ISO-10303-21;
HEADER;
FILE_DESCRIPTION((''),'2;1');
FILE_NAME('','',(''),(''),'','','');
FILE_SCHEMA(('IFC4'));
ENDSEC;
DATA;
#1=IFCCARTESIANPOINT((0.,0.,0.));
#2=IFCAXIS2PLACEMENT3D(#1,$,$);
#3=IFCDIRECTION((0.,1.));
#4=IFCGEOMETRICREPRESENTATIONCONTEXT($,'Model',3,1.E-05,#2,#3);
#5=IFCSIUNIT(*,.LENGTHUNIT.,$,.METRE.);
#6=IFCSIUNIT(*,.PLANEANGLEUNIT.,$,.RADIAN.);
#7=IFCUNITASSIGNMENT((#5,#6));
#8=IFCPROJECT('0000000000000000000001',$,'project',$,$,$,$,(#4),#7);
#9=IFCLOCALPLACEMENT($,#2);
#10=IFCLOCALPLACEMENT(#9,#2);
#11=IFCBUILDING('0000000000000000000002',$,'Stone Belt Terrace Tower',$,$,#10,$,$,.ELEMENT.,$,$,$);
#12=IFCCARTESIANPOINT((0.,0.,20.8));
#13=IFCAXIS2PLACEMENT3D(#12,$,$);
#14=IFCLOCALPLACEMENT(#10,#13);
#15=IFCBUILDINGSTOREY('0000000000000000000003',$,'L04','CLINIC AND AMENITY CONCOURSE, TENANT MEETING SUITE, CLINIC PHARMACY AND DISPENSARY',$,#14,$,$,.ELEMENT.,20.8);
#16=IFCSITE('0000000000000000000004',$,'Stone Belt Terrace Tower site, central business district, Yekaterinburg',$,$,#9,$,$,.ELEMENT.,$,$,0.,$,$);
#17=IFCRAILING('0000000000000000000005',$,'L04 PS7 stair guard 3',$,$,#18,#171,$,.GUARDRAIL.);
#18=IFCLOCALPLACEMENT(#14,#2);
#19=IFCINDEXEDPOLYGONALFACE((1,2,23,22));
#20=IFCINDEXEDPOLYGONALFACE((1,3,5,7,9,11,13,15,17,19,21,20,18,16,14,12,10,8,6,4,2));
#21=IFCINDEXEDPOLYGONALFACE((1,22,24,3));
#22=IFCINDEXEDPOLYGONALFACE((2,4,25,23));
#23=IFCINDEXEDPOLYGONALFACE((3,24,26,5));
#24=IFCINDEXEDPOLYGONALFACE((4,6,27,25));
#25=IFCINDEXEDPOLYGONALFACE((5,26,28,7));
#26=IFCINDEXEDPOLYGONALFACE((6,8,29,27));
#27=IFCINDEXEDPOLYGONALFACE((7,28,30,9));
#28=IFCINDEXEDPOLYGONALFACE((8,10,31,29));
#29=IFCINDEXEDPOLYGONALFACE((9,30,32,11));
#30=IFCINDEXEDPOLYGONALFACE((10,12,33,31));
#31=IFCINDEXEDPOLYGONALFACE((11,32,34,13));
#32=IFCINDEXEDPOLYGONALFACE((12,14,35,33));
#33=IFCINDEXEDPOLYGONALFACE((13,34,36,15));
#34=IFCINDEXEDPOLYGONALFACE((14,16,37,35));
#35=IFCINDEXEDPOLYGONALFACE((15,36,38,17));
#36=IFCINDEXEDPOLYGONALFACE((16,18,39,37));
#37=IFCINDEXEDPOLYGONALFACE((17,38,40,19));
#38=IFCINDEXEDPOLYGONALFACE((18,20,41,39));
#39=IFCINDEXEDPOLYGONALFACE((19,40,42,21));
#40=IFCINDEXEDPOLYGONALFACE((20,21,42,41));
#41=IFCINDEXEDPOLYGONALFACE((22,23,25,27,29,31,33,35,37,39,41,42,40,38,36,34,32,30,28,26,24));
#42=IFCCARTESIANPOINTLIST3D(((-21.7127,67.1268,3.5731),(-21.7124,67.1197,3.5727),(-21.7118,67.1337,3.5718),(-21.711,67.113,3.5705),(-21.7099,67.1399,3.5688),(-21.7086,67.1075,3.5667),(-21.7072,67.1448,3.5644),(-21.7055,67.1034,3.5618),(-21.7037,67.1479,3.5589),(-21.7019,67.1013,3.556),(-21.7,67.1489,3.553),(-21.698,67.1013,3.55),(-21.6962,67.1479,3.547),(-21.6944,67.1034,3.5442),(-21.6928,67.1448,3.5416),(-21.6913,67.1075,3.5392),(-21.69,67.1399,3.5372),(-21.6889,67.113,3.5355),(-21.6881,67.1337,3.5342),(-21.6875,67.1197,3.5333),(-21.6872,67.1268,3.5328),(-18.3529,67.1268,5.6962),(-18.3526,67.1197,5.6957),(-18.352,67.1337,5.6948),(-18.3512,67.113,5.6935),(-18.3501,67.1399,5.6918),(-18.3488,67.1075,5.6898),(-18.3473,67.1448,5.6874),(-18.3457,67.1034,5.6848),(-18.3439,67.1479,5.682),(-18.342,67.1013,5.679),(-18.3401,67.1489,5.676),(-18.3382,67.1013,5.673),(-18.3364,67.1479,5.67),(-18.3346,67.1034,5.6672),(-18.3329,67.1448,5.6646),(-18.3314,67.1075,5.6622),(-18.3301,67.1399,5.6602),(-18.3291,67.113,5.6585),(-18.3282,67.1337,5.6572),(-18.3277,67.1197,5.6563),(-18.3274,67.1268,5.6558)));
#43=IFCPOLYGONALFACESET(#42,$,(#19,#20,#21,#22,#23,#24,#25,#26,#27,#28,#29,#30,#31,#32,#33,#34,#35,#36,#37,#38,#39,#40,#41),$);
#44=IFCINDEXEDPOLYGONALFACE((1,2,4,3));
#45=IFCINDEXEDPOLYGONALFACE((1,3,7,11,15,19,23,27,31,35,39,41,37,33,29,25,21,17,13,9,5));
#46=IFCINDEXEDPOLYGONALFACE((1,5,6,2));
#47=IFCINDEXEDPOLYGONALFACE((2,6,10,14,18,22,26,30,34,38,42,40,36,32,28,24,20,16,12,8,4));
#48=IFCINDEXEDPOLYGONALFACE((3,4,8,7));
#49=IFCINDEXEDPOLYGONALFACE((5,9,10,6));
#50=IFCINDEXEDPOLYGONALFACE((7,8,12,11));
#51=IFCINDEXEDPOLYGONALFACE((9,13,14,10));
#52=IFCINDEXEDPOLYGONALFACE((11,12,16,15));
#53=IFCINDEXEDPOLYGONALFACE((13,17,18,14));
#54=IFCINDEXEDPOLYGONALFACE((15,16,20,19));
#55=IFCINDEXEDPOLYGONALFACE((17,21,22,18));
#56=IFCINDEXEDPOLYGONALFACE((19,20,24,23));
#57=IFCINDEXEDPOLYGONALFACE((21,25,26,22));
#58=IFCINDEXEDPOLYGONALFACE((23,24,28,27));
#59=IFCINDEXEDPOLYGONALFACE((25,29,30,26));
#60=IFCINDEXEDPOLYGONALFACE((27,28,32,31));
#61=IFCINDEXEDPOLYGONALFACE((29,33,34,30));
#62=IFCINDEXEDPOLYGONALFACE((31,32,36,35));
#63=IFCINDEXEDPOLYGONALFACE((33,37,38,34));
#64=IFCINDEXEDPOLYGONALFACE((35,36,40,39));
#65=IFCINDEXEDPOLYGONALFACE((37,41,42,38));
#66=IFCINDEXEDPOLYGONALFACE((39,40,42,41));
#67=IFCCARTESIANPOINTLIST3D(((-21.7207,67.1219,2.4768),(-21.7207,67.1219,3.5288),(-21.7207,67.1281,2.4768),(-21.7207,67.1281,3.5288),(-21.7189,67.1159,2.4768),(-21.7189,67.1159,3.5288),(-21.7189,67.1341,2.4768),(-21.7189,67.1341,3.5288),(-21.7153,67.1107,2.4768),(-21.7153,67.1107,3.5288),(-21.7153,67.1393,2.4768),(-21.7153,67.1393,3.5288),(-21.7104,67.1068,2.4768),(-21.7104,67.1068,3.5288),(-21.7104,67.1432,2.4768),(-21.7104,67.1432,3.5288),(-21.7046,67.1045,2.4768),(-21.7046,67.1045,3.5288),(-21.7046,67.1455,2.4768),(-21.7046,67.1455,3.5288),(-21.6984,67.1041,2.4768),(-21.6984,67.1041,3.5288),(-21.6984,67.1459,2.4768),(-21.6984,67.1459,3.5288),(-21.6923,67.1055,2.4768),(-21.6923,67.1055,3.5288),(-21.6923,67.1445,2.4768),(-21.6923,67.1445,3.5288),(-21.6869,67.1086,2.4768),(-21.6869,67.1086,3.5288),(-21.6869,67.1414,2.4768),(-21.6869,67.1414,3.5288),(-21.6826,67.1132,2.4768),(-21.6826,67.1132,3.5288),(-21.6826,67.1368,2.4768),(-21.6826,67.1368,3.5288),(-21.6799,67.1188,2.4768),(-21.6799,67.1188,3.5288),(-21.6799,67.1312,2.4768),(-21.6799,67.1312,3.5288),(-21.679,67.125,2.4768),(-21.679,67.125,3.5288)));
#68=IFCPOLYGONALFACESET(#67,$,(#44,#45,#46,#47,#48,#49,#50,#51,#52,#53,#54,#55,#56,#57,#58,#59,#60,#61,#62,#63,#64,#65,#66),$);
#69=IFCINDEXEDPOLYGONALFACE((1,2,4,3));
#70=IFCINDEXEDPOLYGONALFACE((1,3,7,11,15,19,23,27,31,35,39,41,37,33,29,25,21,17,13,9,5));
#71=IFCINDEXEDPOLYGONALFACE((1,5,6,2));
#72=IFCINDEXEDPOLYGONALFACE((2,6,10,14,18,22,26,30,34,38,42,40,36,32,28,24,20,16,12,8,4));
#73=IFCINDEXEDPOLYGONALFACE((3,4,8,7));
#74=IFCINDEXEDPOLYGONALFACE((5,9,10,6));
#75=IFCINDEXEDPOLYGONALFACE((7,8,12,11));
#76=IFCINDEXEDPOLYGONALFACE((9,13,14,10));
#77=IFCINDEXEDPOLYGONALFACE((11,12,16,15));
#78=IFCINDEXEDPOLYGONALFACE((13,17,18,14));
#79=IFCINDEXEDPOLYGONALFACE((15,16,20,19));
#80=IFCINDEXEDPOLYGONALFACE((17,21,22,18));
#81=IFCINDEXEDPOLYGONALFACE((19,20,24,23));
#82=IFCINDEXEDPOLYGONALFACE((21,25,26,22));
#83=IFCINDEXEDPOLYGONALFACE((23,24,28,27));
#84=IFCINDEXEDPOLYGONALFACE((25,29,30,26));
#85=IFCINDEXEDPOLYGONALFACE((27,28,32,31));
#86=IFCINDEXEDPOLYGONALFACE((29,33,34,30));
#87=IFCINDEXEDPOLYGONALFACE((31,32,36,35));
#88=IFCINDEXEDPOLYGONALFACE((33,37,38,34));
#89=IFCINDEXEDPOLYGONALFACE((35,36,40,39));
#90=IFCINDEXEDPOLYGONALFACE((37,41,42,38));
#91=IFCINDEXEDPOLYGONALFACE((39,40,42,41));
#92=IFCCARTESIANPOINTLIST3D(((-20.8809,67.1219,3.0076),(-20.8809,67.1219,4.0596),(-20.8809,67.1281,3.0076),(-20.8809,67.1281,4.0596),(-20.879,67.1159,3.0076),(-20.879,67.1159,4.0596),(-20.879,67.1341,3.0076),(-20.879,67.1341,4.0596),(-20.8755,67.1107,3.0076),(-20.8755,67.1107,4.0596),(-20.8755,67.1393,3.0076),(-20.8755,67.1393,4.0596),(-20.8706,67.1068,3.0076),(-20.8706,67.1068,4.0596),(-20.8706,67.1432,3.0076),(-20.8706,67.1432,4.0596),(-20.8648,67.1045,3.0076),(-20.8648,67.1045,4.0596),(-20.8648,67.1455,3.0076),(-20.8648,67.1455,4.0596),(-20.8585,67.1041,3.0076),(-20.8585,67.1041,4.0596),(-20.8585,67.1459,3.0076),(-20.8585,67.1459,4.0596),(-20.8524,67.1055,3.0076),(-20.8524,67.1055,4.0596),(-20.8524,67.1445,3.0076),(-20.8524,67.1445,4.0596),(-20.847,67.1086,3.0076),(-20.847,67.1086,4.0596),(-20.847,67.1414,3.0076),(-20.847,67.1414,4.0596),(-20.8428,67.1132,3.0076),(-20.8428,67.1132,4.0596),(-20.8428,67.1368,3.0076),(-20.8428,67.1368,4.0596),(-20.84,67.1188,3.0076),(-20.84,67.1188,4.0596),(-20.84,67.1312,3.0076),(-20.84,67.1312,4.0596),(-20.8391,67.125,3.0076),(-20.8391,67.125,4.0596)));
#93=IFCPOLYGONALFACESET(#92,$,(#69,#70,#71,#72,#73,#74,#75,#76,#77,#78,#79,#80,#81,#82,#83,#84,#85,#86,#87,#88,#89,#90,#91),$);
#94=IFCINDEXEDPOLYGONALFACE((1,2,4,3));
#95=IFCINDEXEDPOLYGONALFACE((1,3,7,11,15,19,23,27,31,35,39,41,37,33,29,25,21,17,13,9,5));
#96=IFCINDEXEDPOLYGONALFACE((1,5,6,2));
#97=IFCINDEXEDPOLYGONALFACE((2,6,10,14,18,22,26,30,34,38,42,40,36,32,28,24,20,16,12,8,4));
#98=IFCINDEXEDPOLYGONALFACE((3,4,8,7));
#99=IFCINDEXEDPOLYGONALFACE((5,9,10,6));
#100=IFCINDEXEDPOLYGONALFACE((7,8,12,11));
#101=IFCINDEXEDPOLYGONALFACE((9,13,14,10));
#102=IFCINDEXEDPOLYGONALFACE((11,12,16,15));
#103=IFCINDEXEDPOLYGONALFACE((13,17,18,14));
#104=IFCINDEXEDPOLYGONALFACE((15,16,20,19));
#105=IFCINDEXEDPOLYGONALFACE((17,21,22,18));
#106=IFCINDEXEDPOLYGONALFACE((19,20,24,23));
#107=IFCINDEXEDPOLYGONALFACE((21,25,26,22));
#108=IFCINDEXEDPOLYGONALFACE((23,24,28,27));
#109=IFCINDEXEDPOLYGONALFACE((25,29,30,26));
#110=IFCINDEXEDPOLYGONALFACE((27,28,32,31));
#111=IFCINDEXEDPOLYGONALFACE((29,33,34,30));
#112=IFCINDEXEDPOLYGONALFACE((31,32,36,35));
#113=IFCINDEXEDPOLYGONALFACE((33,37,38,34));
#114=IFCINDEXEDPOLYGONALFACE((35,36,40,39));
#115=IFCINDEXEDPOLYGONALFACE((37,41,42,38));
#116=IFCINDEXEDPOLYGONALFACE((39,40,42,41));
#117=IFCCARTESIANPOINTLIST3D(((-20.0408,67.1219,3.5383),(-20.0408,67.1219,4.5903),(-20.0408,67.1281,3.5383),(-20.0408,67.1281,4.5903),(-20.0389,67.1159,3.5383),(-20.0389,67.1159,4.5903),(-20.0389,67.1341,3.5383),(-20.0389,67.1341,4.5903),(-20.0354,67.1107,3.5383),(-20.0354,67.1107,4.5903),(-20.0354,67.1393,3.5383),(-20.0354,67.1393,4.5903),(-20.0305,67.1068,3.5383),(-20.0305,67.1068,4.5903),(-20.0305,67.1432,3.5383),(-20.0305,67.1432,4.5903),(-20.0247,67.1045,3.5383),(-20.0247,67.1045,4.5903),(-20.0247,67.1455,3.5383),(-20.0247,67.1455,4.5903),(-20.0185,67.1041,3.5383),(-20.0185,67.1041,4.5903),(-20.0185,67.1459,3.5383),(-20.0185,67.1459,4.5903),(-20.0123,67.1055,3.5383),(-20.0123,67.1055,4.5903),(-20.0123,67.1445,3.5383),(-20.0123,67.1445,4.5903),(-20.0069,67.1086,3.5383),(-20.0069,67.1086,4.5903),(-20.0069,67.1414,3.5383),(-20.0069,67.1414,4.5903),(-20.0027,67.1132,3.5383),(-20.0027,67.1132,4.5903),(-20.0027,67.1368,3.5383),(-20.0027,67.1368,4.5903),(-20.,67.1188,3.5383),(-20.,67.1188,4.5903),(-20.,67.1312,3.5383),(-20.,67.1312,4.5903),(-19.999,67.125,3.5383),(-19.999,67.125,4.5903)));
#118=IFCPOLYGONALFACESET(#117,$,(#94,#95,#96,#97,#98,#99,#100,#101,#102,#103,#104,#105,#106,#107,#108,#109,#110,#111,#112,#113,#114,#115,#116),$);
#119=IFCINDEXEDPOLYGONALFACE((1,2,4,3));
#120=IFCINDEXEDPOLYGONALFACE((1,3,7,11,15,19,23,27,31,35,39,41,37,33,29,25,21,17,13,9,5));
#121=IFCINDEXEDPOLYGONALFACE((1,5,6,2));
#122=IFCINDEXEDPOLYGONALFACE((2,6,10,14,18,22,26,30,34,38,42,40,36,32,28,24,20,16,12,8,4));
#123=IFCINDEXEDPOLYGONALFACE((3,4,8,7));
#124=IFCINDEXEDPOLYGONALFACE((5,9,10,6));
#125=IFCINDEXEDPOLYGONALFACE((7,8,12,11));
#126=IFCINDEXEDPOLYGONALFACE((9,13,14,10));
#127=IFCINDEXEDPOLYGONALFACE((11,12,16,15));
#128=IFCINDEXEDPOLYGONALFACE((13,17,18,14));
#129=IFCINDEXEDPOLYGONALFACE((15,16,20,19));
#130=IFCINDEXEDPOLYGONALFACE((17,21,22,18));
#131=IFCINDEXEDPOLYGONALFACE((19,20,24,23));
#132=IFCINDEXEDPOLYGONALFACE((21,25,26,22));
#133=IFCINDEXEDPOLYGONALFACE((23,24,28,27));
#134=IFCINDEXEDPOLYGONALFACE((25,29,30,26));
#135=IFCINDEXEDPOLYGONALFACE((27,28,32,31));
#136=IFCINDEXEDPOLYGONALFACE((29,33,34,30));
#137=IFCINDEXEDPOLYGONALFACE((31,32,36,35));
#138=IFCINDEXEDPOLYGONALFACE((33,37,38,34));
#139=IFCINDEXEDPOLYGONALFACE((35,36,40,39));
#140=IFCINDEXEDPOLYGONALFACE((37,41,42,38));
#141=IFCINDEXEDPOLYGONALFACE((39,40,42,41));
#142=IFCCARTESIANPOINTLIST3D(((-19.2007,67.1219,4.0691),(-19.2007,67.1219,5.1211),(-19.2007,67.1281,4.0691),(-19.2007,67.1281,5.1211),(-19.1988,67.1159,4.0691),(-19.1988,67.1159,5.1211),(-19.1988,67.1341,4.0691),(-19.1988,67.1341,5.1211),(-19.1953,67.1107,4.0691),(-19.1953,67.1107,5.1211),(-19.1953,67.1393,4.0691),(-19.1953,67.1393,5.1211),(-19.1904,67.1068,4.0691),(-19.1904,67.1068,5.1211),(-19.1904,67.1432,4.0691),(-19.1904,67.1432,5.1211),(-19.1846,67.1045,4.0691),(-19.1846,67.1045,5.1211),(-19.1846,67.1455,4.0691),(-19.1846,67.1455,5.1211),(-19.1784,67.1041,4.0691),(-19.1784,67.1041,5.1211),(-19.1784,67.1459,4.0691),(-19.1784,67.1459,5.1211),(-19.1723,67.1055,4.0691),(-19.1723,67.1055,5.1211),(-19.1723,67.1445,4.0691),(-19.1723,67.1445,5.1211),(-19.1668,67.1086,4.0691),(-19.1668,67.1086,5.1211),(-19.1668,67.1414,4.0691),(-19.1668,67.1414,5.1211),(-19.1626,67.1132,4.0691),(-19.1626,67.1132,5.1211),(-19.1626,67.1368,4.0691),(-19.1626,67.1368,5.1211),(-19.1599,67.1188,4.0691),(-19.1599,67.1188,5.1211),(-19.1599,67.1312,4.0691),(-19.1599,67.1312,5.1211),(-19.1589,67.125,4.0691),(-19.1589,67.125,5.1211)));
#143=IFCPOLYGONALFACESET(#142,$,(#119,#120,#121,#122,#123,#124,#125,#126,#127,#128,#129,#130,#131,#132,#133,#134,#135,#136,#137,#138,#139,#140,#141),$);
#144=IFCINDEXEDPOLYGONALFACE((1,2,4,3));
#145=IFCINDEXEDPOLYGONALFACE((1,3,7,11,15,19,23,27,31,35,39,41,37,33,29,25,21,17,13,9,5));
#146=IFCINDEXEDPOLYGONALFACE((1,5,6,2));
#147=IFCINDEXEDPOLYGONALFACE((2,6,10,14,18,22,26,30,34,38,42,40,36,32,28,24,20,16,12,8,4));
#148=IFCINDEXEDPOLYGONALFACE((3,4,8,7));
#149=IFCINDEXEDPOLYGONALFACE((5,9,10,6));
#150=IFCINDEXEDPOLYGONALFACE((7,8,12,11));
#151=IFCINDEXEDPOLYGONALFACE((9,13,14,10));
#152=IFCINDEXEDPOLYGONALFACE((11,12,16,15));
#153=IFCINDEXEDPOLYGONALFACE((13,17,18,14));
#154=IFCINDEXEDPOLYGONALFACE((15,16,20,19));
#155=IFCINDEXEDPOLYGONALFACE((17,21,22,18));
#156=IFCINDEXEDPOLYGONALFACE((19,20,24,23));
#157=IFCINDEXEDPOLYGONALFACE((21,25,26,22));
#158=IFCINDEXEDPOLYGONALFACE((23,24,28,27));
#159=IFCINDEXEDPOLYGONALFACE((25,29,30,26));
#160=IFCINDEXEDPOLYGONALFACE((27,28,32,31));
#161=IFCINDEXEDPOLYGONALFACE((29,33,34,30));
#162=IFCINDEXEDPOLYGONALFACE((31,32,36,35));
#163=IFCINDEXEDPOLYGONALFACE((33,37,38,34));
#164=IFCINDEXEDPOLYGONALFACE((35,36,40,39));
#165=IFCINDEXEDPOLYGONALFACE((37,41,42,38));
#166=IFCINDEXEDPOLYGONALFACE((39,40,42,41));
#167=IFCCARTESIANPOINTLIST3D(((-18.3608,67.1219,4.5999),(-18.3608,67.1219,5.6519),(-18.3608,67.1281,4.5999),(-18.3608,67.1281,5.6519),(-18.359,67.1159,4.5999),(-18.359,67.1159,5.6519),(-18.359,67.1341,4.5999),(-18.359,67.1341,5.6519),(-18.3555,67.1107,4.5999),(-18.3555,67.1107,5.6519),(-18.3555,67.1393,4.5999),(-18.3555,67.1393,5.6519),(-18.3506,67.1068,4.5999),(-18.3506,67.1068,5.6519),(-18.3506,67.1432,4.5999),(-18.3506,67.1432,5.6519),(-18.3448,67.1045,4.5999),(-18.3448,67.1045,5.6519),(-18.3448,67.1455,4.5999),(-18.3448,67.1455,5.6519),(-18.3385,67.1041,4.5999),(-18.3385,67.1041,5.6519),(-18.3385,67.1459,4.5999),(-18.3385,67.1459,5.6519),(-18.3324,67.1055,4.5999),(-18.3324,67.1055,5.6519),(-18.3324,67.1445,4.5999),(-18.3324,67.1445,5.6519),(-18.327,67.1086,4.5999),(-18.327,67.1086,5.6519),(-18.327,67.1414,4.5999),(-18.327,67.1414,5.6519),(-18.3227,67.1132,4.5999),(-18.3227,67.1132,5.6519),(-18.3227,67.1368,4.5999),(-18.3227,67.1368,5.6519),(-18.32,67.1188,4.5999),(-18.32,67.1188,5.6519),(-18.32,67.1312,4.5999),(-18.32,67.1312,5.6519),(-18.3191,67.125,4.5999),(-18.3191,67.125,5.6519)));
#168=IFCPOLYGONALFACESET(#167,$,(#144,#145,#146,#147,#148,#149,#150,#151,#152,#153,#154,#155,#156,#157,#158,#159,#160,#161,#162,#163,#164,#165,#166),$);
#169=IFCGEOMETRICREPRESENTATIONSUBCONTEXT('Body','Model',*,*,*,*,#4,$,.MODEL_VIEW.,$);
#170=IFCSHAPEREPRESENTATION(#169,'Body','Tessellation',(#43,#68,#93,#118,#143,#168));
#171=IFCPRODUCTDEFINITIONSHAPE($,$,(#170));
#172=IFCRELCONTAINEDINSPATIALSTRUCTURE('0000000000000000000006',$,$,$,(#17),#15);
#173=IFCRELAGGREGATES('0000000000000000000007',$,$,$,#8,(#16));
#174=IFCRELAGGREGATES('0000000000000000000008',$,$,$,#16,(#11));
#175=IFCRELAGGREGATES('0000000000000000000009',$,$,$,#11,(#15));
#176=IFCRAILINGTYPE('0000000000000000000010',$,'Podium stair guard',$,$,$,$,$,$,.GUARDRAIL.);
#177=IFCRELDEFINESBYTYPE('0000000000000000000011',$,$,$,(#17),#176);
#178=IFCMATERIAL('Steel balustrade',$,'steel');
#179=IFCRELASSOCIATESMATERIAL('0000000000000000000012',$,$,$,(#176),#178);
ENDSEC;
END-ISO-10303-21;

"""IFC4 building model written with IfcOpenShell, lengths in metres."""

from ifc_helpers import new_model, si_unit, direction, frame, origin, origin_2d, place, context, subcontext, project, spatial, circle, extrude, material, type_object, element, save


model = new_model("IFC4")

# Units and contexts
model_context = context("Model", 3, precision=1e-05, world=origin(), true_north=direction((0.0, 1.0)))
body_context = subcontext(model_context, "Body", "Model", "MODEL_VIEW")
ifc_project = project(units=[si_unit("LENGTHUNIT", "METRE"), si_unit("PLANEANGLEUNIT", "RADIAN")], contexts=[model_context])

# Site, building, storey
site_placement = place(None, origin())
site = spatial("IfcSite", under=ifc_project, at=site_placement, Name="Stone Belt Terrace Tower site, central business district, Yekaterinburg", CompositionType="ELEMENT", RefElevation=0.0)
building_placement = place(site_placement, origin())
building = spatial("IfcBuilding", under=site, at=building_placement, Name="Stone Belt Terrace Tower", CompositionType="ELEMENT")
storey_placement = place(building_placement, frame((0.0, 0.0, 20.8)))
storey = spatial("IfcBuildingStorey", under=building, at=storey_placement, Name="L04", Description="CLINIC AND AMENITY CONCOURSE, TENANT MEETING SUITE, CLINIC PHARMACY AND DISPENSARY", CompositionType="ELEMENT", Elevation=20.8)

# Railing
ifc_material_1 = material(Name="Steel balustrade", Category="steel")
railing_type_1 = type_object("IfcRailingType", Name="Podium stair guard", PredefinedType="GUARDRAIL", material=ifc_material_1)
railing_1_placement = place(storey_placement, frame((-21.7, 67.125, 2.4768)))
element("IfcRailing", 1, at=railing_1_placement, inside=storey, type_object=railing_type_1, Name="L04 PS7 stair guard 3", PredefinedType="GUARDRAIL", context=body_context, shape_type="SweptSolid", body=[
    extrude(circle(Radius=0.0239, at=origin_2d()), frame((0.0, 0.0, 1.0762), z_axis=(0.845372, 0.0, 0.534178), x_axis=(0.0, 1.0, 0.0)), (0.0, 0.0, 1.0), 3.9744),
    extrude(circle(Radius=0.021, at=origin_2d()), origin(), (0.0, 0.0, 1.0), 1.052),
    extrude(circle(Radius=0.021, at=origin_2d()), frame((0.8398, 0.0, 0.5308)), (0.0, 0.0, 1.0), 1.052),
    extrude(circle(Radius=0.021, at=origin_2d()), frame((1.6799, 0.0, 1.0615)), (0.0, 0.0, 1.0), 1.052),
    extrude(circle(Radius=0.021, at=origin_2d()), frame((2.52, 0.0, 1.5923)), (0.0, 0.0, 1.0), 1.052),
    extrude(circle(Radius=0.021, at=origin_2d()), frame((3.3599, 0.0, 2.123)), (0.0, 0.0, 1.0), 1.052),
])

save(model, "model.ifc")
